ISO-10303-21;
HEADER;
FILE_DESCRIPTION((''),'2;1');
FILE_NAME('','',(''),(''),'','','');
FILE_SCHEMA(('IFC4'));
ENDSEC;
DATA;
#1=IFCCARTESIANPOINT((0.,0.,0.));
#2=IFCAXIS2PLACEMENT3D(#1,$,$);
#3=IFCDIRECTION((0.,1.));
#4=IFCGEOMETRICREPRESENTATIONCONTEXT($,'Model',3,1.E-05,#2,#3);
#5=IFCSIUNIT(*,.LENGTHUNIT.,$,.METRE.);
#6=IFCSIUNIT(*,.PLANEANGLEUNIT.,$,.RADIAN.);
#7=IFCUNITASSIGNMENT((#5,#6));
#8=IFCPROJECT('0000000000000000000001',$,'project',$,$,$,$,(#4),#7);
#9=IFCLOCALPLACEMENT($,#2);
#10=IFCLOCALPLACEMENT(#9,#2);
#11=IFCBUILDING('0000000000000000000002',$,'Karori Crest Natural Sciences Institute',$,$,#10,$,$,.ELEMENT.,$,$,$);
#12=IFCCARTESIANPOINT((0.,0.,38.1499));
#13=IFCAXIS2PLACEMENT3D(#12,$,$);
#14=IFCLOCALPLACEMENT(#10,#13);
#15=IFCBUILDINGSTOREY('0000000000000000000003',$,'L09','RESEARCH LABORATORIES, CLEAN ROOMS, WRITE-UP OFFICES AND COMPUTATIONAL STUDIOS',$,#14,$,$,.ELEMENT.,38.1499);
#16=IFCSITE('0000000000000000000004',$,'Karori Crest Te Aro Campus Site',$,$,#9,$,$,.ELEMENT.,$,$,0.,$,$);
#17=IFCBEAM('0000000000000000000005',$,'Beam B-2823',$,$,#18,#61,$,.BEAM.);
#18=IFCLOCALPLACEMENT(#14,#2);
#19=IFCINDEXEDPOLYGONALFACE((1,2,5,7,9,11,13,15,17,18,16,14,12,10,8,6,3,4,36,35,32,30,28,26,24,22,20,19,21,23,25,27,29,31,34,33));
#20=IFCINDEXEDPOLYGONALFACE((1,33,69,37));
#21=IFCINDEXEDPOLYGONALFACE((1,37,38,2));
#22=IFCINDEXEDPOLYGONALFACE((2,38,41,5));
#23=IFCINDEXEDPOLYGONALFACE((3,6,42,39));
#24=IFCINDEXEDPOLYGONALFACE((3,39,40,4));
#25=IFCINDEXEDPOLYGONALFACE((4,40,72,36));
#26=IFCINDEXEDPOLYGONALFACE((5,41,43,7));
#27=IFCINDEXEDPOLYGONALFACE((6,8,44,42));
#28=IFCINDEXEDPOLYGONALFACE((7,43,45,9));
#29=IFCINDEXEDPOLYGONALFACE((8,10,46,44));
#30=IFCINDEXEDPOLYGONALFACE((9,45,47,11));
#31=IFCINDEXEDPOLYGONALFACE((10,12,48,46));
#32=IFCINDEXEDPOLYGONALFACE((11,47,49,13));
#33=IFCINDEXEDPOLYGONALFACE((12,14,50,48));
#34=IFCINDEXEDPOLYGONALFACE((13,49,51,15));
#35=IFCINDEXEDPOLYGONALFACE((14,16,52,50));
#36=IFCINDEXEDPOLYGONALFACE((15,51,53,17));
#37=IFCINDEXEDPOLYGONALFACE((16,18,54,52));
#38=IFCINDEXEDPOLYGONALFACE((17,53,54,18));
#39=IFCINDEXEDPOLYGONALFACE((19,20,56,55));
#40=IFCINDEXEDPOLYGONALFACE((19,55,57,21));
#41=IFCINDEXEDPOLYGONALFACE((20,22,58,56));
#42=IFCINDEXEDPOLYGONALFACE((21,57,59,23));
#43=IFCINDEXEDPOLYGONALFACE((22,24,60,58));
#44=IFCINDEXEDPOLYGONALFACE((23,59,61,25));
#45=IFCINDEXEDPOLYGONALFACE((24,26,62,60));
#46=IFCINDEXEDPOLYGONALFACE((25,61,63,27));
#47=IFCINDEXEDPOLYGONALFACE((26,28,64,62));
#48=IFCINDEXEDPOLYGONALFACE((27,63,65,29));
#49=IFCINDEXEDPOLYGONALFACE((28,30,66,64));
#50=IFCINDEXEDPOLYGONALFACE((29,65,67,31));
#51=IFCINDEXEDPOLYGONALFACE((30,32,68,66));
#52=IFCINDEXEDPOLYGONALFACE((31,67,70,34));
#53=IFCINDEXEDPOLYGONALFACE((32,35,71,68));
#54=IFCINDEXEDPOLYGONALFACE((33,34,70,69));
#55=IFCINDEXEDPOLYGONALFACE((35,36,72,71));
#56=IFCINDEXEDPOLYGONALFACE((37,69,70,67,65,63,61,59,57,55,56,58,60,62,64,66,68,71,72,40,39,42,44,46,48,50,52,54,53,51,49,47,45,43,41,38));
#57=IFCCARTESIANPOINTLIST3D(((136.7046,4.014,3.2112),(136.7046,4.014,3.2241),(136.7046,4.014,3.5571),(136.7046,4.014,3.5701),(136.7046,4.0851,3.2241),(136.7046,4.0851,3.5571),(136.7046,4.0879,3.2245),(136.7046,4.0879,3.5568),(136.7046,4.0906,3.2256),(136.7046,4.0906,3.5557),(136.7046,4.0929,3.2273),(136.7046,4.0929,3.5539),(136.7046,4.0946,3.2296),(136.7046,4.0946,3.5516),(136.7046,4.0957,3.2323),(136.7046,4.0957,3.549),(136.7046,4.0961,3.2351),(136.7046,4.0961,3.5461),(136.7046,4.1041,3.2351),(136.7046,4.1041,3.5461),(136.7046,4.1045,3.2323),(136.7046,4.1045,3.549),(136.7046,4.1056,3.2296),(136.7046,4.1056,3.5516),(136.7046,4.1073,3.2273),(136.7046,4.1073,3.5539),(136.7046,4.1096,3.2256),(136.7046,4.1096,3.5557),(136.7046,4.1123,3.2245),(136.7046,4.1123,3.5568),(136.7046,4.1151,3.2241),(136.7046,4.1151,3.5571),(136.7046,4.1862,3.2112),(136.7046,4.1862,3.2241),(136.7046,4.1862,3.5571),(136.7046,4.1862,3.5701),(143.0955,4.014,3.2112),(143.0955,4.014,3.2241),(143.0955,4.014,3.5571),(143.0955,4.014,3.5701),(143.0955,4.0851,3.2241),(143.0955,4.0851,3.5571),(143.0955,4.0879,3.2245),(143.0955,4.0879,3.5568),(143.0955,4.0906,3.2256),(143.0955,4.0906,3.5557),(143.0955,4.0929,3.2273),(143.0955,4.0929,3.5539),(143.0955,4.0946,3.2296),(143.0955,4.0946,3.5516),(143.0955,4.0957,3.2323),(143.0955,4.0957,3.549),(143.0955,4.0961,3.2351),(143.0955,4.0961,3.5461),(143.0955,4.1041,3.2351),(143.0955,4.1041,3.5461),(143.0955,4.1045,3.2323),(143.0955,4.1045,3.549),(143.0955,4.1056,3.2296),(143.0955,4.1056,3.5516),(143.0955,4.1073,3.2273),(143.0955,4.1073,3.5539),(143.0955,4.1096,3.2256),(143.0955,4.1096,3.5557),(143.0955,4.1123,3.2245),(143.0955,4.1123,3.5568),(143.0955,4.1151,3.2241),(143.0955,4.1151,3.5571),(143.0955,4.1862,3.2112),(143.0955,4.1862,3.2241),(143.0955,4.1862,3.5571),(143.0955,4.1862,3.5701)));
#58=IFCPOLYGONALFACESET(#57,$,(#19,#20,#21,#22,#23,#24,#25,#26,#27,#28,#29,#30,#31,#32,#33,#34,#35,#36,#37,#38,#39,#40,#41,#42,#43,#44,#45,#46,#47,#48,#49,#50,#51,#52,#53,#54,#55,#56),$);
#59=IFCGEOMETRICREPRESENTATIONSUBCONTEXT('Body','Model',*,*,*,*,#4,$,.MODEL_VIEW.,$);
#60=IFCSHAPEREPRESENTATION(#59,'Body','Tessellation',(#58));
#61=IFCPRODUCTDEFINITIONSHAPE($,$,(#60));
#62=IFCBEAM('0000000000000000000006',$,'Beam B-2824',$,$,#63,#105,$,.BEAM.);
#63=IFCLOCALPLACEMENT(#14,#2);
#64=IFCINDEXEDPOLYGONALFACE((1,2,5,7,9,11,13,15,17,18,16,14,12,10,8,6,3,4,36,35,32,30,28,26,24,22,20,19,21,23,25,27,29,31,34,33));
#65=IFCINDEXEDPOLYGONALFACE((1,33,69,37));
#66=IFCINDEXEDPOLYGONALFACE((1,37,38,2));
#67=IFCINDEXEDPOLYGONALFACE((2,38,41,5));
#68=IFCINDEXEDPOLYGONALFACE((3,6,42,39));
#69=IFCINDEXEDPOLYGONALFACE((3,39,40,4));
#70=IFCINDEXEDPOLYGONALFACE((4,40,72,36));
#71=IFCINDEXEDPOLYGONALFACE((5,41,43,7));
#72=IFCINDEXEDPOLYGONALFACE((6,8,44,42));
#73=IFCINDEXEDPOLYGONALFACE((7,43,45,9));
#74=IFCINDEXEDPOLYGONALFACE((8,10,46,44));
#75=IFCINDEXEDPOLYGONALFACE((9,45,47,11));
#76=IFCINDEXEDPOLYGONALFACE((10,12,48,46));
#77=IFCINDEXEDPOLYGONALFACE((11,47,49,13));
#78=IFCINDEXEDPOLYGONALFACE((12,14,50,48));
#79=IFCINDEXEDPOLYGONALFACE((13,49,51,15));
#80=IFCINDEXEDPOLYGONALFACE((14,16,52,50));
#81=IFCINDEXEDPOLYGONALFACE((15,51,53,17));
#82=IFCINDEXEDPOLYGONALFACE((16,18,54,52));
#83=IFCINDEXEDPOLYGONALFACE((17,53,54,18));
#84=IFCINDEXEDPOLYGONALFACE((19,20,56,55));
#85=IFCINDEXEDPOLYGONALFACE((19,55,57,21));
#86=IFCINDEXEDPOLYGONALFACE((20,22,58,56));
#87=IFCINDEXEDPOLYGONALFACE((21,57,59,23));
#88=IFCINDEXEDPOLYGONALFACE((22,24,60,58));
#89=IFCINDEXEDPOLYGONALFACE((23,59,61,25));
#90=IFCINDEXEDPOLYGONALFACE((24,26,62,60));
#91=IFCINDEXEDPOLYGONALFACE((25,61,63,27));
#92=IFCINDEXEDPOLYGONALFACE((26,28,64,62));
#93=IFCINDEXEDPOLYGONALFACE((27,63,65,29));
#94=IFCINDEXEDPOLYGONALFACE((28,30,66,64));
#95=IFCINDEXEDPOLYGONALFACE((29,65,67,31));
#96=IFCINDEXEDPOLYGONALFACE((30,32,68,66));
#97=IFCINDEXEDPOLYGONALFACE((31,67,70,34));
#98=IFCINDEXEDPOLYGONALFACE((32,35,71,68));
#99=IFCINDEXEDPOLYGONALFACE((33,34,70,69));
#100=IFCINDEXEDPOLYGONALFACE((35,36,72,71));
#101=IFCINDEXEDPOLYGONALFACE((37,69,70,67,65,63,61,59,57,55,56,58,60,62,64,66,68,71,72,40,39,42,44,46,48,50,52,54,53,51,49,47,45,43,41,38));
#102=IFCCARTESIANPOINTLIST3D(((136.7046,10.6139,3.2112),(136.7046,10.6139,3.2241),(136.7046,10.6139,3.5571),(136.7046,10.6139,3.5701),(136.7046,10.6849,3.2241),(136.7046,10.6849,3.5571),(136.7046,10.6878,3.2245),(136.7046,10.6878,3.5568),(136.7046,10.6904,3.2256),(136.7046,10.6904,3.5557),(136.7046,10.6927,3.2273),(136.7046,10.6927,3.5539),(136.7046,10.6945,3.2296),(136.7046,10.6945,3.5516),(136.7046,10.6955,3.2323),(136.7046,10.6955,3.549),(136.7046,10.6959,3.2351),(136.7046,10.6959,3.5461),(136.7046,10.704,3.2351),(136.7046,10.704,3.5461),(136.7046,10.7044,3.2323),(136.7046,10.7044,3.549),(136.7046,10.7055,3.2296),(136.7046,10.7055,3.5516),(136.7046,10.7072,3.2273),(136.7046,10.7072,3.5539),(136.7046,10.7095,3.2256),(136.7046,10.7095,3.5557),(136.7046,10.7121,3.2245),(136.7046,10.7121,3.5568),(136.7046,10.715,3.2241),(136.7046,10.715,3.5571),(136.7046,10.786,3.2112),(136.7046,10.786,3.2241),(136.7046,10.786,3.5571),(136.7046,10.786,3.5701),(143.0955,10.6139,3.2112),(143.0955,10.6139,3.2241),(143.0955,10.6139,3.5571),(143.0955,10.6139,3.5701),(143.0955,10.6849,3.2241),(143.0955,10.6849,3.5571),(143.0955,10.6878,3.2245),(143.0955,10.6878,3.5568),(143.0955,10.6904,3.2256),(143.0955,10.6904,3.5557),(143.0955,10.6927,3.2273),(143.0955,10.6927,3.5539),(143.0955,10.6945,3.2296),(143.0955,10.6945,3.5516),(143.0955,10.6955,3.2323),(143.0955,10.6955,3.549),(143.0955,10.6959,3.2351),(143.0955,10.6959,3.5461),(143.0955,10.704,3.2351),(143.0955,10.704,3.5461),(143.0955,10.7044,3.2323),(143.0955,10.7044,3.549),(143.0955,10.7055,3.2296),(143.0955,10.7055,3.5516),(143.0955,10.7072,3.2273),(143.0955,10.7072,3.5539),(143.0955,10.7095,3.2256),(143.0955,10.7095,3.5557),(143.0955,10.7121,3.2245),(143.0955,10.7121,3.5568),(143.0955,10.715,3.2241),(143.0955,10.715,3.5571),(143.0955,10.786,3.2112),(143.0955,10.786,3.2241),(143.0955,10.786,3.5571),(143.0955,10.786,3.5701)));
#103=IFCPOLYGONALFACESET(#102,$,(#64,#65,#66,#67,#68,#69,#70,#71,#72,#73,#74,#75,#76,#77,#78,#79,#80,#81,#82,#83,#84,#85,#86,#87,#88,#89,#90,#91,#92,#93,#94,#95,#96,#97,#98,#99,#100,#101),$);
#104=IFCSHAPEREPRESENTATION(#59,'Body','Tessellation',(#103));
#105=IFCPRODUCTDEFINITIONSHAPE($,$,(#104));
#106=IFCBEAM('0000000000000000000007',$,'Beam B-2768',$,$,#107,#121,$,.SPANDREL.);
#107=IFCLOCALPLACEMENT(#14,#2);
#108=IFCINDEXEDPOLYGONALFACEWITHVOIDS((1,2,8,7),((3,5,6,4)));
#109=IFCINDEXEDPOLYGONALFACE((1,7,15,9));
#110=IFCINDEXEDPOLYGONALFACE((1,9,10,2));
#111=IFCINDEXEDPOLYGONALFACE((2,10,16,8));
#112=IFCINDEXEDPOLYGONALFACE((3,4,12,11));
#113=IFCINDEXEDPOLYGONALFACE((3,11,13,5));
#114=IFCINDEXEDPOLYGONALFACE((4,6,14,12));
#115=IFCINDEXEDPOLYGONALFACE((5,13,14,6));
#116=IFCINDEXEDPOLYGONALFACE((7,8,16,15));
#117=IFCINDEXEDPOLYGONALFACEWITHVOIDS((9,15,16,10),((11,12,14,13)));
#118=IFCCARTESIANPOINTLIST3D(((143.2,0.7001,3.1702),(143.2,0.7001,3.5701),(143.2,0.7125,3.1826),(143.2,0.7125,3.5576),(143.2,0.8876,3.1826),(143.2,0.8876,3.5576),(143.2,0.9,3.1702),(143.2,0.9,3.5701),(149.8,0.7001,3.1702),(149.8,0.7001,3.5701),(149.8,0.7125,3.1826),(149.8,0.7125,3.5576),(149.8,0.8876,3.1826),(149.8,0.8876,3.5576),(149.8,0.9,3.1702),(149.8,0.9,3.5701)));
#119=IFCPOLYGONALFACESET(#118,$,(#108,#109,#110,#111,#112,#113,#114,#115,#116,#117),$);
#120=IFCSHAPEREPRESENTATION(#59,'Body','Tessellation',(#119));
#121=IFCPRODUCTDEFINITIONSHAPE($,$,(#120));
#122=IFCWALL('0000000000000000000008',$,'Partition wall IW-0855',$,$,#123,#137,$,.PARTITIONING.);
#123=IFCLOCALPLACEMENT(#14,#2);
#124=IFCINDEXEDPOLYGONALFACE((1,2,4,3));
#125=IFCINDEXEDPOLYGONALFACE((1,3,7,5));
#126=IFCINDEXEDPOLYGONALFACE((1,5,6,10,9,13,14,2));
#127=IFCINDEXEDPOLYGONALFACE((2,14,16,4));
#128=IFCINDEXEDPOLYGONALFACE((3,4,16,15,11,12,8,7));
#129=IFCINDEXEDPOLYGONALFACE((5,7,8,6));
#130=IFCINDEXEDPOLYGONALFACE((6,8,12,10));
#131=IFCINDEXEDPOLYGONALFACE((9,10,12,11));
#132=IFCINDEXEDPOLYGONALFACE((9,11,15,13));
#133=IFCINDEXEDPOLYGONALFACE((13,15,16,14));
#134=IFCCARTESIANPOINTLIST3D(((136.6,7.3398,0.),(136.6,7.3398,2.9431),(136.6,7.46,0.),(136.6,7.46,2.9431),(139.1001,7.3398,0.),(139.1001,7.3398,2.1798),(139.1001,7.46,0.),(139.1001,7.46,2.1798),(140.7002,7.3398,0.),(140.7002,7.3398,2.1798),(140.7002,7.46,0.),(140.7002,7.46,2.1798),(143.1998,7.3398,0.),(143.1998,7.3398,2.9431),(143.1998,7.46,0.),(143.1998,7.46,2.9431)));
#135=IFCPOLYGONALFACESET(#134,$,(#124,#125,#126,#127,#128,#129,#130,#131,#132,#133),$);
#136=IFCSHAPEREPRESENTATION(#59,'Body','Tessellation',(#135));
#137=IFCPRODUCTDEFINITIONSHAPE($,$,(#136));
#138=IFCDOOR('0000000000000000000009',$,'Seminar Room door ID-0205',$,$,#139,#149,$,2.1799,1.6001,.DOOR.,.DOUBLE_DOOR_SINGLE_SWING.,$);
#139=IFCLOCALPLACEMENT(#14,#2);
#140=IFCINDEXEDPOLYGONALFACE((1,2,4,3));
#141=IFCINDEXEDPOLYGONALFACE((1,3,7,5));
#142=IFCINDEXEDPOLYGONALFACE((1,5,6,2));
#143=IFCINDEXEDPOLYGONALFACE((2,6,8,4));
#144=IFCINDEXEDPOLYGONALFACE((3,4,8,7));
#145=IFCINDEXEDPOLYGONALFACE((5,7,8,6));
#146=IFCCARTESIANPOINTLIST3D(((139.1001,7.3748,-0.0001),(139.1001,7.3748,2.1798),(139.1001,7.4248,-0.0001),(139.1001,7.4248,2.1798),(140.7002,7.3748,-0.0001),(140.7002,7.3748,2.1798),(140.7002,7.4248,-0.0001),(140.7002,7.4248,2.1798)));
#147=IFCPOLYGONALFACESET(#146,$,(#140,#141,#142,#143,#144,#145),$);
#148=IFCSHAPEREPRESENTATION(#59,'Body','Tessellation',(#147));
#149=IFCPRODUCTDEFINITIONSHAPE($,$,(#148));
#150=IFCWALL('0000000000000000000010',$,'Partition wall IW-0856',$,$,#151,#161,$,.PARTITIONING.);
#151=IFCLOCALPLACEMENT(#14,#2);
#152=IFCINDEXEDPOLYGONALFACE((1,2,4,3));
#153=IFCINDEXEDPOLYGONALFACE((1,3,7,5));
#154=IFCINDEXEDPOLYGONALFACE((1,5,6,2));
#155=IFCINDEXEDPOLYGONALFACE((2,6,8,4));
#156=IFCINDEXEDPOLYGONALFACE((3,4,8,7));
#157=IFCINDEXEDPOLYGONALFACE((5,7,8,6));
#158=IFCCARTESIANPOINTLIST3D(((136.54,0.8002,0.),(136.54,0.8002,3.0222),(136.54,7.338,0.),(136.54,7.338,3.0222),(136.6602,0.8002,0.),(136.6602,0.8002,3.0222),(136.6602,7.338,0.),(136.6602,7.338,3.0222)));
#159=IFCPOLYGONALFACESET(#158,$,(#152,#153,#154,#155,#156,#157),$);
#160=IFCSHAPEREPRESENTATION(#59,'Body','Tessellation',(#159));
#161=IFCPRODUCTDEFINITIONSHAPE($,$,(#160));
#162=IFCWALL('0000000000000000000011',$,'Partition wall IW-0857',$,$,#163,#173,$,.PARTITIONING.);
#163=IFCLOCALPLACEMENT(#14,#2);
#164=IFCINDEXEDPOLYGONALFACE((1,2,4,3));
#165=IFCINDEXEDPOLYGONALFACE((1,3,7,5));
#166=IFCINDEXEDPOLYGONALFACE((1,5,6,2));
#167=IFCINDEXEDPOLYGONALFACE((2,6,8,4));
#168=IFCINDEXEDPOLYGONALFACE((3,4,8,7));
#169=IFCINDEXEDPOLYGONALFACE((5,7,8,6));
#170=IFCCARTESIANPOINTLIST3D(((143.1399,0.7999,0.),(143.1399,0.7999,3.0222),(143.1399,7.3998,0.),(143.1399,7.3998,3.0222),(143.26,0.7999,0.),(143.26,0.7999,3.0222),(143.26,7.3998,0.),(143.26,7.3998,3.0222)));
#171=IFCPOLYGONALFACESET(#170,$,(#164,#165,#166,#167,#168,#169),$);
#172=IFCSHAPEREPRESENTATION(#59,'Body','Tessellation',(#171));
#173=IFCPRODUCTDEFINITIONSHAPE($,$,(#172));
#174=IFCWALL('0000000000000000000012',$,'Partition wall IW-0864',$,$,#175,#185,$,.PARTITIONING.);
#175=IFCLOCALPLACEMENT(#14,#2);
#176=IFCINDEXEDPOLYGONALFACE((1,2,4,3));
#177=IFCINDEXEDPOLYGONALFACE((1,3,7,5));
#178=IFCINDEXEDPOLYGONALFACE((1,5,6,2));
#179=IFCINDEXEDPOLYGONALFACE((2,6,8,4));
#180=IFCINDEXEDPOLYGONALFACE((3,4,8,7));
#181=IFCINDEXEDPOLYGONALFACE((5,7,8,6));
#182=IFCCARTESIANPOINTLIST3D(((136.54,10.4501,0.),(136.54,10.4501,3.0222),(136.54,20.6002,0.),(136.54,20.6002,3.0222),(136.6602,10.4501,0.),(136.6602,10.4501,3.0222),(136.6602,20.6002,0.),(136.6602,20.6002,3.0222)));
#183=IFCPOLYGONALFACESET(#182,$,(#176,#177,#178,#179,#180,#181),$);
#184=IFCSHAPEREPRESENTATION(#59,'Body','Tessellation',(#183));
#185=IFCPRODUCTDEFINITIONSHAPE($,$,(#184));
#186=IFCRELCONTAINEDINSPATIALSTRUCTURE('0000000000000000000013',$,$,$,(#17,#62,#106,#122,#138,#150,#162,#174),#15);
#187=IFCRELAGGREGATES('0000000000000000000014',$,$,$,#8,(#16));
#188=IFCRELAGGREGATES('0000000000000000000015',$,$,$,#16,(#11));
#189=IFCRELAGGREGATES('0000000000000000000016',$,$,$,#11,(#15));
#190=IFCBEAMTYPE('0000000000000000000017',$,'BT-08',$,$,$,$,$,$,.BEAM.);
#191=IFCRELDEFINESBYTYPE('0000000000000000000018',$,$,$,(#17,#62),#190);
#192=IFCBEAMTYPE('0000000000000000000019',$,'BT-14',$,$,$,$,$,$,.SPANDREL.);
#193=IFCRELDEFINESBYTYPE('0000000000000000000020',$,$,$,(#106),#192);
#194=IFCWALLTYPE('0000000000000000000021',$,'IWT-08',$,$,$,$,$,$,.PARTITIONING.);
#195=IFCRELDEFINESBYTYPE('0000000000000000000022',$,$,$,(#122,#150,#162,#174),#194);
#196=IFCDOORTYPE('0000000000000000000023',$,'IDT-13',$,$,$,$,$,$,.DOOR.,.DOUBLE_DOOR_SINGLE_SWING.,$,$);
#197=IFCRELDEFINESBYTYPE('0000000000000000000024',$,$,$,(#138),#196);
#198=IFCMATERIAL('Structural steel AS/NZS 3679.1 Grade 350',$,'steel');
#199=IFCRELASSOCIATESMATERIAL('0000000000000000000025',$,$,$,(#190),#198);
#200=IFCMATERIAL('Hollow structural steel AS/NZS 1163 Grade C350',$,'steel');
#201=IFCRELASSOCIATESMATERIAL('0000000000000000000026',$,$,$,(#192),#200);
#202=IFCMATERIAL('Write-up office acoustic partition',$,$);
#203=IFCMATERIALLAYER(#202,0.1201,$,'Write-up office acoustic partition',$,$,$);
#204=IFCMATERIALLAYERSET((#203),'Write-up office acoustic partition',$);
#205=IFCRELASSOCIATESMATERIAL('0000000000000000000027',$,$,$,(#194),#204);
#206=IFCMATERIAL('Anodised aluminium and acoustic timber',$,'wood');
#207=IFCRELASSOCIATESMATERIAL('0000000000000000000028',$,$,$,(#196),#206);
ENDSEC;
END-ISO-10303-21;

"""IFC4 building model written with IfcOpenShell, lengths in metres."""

from ifc_helpers import new_model, si_unit, direction, frame, frame_2d, origin, origin_2d, place, context, subcontext, project, spatial, rectangle, hollow_rectangle, i_section, extrude, material, layer, layer_set, material_profile, profile_set, type_object, element, fill, save


model = new_model("IFC4")

# Units and contexts
model_context = context("Model", 3, precision=1e-05, world=origin(), true_north=direction((0.0, 1.0)))
body_context = subcontext(model_context, "Body", "Model", "MODEL_VIEW")
ifc_project = project(units=[si_unit("LENGTHUNIT", "METRE"), si_unit("PLANEANGLEUNIT", "RADIAN")], contexts=[model_context])

# Site, building, storey
site_placement = place(None, origin())
site = spatial("IfcSite", under=ifc_project, at=site_placement, Name="Karori Crest Te Aro Campus Site", CompositionType="ELEMENT", RefElevation=0.0)
building_placement = place(site_placement, origin())
building = spatial("IfcBuilding", under=site, at=building_placement, Name="Karori Crest Natural Sciences Institute", CompositionType="ELEMENT")
storey_placement = place(building_placement, frame((0.0, 0.0, 38.1499)))
storey = spatial("IfcBuildingStorey", under=building, at=storey_placement, Name="L09", Description="RESEARCH LABORATORIES, CLEAN ROOMS, WRITE-UP OFFICES AND COMPUTATIONAL STUDIOS", CompositionType="ELEMENT", Elevation=38.1499)

# Shared definitions
ifc_material_1 = material(Name="Structural steel AS/NZS 3679.1 Grade 350", Category="steel")

# Beams
ifc_material_profile_1 = material_profile(ifc_material_1, i_section(OverallWidth=0.1721, OverallDepth=0.3589, WebThickness=0.0081, FlangeThickness=0.0129, FilletRadius=0.011, at=origin_2d()), Name="360UB56.7")
ifc_profile_set_1 = profile_set([ifc_material_profile_1], Name="Structural steel AS/NZS 3679.1 Grade 350")
beam_type_1 = type_object("IfcBeamType", Name="BT-08", PredefinedType="BEAM", material=ifc_profile_set_1)
for number, where, z_axis, x_axis, name in (
    (1, (136.7046, 4.1001, 3.3906), (1.0, 0.0, 0.0), (0.0, 1.0, 0.0), "Beam B-2823"),
    (2, (136.7046, 10.7, 3.3906), (1.0, 0.0, 0.0), (0.0, 1.0, 0.0), "Beam B-2824"),
):
    element("IfcBeam", number, at=place(storey_placement, frame(where, z_axis=z_axis, x_axis=x_axis)), inside=storey, type_object=beam_type_1, Name=name, PredefinedType="BEAM", context=body_context, shape_type="SweptSolid", body=[
        extrude(i_section(OverallWidth=0.1721, OverallDepth=0.3589, WebThickness=0.0081, FlangeThickness=0.0129, FilletRadius=0.011, at=origin_2d()), origin(), (0.0, 0.0, 1.0), 6.3909),
    ])
ifc_material_2 = material(Name="Hollow structural steel AS/NZS 1163 Grade C350", Category="steel")
ifc_material_profile_2 = material_profile(ifc_material_2, hollow_rectangle(XDim=0.2, YDim=0.3999, WallThickness=0.0125, at=origin_2d()), Name="RHS400x200x12.5")
ifc_profile_set_2 = profile_set([ifc_material_profile_2], Name="Hollow structural steel AS/NZS 1163 Grade C350")
beam_type_2 = type_object("IfcBeamType", Name="BT-14", PredefinedType="SPANDREL", material=ifc_profile_set_2)
beam_1_placement = place(storey_placement, frame((143.2, 0.8, 3.3701), z_axis=(1.0, 0.0, 0.0), x_axis=(0.0, 1.0, 0.0)))
element("IfcBeam", 3, at=beam_1_placement, inside=storey, type_object=beam_type_2, Name="Beam B-2768", PredefinedType="SPANDREL", context=body_context, shape_type="SweptSolid", body=[
    extrude(hollow_rectangle(XDim=0.2, YDim=0.3999, WallThickness=0.0125, at=origin_2d()), origin(), (0.0, 0.0, 1.0), 6.6001),
])

# Wall, opening, door
ifc_material_3 = material(Name="Write-up office acoustic partition")
ifc_layer = layer(ifc_material_3, 0.1201, Name="Write-up office acoustic partition")
ifc_layer_set = layer_set([ifc_layer], Name="Write-up office acoustic partition")
wall_type = type_object("IfcWallType", Name="IWT-08", PredefinedType="PARTITIONING", material=ifc_layer_set)
wall_1_placement = place(storey_placement, frame((136.6001, 7.3999, 0.0), z_axis=(0.0, 0.0, 1.0), x_axis=(1.0, 0.0, 0.0)))
wall_1 = element("IfcWall", 4, at=wall_1_placement, inside=storey, type_object=wall_type, Name="Partition wall IW-0855", PredefinedType="PARTITIONING", context=body_context, shape_type="SweptSolid", body=[
    extrude(rectangle(XDim=6.5999, YDim=0.1201, at=frame_2d((3.2998, 0.0))), origin(), (0.0, 0.0, 1.0), 2.9431),
])
opening_1_placement = place(wall_1_placement, frame((2.5, 0.0, 0.0)))
opening_1 = element("IfcOpeningElement", 5, at=opening_1_placement, cuts=wall_1, PredefinedType="OPENING", context=body_context, shape_type="SweptSolid", body=[
    extrude(rectangle(XDim=1.6001, YDim=2.1799, at=frame_2d((0.8, 1.0898))), frame((0.0, 0.0701, 0.0), z_axis=(0.0, -1.0, 0.0), x_axis=(1.0, 0.0, 0.0)), (0.0, 0.0, 1.0), 0.1401),
])
ifc_material_4 = material(Name="Anodised aluminium and acoustic timber", Category="wood")
door_type_1 = type_object("IfcDoorType", Name="IDT-13", OperationType="DOUBLE_DOOR_SINGLE_SWING", PredefinedType="DOOR", material=ifc_material_4)
door_1_placement = place(opening_1_placement, origin())
door_1 = element("IfcDoor", 6, at=door_1_placement, inside=storey, type_object=door_type_1, Name="Seminar Room door ID-0205", OperationType="DOUBLE_DOOR_SINGLE_SWING", OverallHeight=2.1799, OverallWidth=1.6001, PredefinedType="DOOR", context=body_context, shape_type="SweptSolid", body=[
    extrude(rectangle(XDim=1.6001, YDim=2.1799, at=frame_2d((0.8, 1.0898))), frame((0.0, 0.0249, 0.0), z_axis=(0.0, -1.0, 0.0), x_axis=(1.0, 0.0, 0.0)), (0.0, 0.0, 1.0), 0.05),
])
fill(opening_1, door_1)

# Walls
wall_2_placement = place(storey_placement, frame((136.6001, 0.8, 0.0), z_axis=(0.0, 0.0, 1.0), x_axis=(0.0, 1.0, 0.0)))
element("IfcWall", 7, at=wall_2_placement, inside=storey, type_object=wall_type, Name="Partition wall IW-0856", PredefinedType="PARTITIONING", context=body_context, shape_type="SweptSolid", body=[
    extrude(rectangle(XDim=6.5378, YDim=0.1201, at=frame_2d((3.269, 0.0))), origin(), (0.0, 0.0, 1.0), 3.0222),
])
wall_3_placement = place(storey_placement, frame((143.2, 0.8, 0.0), z_axis=(0.0, 0.0, 1.0), x_axis=(0.0, 1.0, 0.0)))
element("IfcWall", 8, at=wall_3_placement, inside=storey, type_object=wall_type, Name="Partition wall IW-0857", PredefinedType="PARTITIONING", context=body_context, shape_type="SweptSolid", body=[
    extrude(rectangle(XDim=6.5999, YDim=0.1201, at=frame_2d((3.2998, 0.0))), origin(), (0.0, 0.0, 1.0), 3.0222),
])
wall_4_placement = place(storey_placement, frame((136.6001, 10.45, 0.0), z_axis=(0.0, 0.0, 1.0), x_axis=(0.0, 1.0, 0.0)))
element("IfcWall", 9, at=wall_4_placement, inside=storey, type_object=wall_type, Name="Partition wall IW-0864", PredefinedType="PARTITIONING", context=body_context, shape_type="SweptSolid", body=[
    extrude(rectangle(XDim=10.1501, YDim=0.1201, at=frame_2d((5.0752, 0.0))), origin(), (0.0, 0.0, 1.0), 3.0222),
])

save(model, "model.ifc")
